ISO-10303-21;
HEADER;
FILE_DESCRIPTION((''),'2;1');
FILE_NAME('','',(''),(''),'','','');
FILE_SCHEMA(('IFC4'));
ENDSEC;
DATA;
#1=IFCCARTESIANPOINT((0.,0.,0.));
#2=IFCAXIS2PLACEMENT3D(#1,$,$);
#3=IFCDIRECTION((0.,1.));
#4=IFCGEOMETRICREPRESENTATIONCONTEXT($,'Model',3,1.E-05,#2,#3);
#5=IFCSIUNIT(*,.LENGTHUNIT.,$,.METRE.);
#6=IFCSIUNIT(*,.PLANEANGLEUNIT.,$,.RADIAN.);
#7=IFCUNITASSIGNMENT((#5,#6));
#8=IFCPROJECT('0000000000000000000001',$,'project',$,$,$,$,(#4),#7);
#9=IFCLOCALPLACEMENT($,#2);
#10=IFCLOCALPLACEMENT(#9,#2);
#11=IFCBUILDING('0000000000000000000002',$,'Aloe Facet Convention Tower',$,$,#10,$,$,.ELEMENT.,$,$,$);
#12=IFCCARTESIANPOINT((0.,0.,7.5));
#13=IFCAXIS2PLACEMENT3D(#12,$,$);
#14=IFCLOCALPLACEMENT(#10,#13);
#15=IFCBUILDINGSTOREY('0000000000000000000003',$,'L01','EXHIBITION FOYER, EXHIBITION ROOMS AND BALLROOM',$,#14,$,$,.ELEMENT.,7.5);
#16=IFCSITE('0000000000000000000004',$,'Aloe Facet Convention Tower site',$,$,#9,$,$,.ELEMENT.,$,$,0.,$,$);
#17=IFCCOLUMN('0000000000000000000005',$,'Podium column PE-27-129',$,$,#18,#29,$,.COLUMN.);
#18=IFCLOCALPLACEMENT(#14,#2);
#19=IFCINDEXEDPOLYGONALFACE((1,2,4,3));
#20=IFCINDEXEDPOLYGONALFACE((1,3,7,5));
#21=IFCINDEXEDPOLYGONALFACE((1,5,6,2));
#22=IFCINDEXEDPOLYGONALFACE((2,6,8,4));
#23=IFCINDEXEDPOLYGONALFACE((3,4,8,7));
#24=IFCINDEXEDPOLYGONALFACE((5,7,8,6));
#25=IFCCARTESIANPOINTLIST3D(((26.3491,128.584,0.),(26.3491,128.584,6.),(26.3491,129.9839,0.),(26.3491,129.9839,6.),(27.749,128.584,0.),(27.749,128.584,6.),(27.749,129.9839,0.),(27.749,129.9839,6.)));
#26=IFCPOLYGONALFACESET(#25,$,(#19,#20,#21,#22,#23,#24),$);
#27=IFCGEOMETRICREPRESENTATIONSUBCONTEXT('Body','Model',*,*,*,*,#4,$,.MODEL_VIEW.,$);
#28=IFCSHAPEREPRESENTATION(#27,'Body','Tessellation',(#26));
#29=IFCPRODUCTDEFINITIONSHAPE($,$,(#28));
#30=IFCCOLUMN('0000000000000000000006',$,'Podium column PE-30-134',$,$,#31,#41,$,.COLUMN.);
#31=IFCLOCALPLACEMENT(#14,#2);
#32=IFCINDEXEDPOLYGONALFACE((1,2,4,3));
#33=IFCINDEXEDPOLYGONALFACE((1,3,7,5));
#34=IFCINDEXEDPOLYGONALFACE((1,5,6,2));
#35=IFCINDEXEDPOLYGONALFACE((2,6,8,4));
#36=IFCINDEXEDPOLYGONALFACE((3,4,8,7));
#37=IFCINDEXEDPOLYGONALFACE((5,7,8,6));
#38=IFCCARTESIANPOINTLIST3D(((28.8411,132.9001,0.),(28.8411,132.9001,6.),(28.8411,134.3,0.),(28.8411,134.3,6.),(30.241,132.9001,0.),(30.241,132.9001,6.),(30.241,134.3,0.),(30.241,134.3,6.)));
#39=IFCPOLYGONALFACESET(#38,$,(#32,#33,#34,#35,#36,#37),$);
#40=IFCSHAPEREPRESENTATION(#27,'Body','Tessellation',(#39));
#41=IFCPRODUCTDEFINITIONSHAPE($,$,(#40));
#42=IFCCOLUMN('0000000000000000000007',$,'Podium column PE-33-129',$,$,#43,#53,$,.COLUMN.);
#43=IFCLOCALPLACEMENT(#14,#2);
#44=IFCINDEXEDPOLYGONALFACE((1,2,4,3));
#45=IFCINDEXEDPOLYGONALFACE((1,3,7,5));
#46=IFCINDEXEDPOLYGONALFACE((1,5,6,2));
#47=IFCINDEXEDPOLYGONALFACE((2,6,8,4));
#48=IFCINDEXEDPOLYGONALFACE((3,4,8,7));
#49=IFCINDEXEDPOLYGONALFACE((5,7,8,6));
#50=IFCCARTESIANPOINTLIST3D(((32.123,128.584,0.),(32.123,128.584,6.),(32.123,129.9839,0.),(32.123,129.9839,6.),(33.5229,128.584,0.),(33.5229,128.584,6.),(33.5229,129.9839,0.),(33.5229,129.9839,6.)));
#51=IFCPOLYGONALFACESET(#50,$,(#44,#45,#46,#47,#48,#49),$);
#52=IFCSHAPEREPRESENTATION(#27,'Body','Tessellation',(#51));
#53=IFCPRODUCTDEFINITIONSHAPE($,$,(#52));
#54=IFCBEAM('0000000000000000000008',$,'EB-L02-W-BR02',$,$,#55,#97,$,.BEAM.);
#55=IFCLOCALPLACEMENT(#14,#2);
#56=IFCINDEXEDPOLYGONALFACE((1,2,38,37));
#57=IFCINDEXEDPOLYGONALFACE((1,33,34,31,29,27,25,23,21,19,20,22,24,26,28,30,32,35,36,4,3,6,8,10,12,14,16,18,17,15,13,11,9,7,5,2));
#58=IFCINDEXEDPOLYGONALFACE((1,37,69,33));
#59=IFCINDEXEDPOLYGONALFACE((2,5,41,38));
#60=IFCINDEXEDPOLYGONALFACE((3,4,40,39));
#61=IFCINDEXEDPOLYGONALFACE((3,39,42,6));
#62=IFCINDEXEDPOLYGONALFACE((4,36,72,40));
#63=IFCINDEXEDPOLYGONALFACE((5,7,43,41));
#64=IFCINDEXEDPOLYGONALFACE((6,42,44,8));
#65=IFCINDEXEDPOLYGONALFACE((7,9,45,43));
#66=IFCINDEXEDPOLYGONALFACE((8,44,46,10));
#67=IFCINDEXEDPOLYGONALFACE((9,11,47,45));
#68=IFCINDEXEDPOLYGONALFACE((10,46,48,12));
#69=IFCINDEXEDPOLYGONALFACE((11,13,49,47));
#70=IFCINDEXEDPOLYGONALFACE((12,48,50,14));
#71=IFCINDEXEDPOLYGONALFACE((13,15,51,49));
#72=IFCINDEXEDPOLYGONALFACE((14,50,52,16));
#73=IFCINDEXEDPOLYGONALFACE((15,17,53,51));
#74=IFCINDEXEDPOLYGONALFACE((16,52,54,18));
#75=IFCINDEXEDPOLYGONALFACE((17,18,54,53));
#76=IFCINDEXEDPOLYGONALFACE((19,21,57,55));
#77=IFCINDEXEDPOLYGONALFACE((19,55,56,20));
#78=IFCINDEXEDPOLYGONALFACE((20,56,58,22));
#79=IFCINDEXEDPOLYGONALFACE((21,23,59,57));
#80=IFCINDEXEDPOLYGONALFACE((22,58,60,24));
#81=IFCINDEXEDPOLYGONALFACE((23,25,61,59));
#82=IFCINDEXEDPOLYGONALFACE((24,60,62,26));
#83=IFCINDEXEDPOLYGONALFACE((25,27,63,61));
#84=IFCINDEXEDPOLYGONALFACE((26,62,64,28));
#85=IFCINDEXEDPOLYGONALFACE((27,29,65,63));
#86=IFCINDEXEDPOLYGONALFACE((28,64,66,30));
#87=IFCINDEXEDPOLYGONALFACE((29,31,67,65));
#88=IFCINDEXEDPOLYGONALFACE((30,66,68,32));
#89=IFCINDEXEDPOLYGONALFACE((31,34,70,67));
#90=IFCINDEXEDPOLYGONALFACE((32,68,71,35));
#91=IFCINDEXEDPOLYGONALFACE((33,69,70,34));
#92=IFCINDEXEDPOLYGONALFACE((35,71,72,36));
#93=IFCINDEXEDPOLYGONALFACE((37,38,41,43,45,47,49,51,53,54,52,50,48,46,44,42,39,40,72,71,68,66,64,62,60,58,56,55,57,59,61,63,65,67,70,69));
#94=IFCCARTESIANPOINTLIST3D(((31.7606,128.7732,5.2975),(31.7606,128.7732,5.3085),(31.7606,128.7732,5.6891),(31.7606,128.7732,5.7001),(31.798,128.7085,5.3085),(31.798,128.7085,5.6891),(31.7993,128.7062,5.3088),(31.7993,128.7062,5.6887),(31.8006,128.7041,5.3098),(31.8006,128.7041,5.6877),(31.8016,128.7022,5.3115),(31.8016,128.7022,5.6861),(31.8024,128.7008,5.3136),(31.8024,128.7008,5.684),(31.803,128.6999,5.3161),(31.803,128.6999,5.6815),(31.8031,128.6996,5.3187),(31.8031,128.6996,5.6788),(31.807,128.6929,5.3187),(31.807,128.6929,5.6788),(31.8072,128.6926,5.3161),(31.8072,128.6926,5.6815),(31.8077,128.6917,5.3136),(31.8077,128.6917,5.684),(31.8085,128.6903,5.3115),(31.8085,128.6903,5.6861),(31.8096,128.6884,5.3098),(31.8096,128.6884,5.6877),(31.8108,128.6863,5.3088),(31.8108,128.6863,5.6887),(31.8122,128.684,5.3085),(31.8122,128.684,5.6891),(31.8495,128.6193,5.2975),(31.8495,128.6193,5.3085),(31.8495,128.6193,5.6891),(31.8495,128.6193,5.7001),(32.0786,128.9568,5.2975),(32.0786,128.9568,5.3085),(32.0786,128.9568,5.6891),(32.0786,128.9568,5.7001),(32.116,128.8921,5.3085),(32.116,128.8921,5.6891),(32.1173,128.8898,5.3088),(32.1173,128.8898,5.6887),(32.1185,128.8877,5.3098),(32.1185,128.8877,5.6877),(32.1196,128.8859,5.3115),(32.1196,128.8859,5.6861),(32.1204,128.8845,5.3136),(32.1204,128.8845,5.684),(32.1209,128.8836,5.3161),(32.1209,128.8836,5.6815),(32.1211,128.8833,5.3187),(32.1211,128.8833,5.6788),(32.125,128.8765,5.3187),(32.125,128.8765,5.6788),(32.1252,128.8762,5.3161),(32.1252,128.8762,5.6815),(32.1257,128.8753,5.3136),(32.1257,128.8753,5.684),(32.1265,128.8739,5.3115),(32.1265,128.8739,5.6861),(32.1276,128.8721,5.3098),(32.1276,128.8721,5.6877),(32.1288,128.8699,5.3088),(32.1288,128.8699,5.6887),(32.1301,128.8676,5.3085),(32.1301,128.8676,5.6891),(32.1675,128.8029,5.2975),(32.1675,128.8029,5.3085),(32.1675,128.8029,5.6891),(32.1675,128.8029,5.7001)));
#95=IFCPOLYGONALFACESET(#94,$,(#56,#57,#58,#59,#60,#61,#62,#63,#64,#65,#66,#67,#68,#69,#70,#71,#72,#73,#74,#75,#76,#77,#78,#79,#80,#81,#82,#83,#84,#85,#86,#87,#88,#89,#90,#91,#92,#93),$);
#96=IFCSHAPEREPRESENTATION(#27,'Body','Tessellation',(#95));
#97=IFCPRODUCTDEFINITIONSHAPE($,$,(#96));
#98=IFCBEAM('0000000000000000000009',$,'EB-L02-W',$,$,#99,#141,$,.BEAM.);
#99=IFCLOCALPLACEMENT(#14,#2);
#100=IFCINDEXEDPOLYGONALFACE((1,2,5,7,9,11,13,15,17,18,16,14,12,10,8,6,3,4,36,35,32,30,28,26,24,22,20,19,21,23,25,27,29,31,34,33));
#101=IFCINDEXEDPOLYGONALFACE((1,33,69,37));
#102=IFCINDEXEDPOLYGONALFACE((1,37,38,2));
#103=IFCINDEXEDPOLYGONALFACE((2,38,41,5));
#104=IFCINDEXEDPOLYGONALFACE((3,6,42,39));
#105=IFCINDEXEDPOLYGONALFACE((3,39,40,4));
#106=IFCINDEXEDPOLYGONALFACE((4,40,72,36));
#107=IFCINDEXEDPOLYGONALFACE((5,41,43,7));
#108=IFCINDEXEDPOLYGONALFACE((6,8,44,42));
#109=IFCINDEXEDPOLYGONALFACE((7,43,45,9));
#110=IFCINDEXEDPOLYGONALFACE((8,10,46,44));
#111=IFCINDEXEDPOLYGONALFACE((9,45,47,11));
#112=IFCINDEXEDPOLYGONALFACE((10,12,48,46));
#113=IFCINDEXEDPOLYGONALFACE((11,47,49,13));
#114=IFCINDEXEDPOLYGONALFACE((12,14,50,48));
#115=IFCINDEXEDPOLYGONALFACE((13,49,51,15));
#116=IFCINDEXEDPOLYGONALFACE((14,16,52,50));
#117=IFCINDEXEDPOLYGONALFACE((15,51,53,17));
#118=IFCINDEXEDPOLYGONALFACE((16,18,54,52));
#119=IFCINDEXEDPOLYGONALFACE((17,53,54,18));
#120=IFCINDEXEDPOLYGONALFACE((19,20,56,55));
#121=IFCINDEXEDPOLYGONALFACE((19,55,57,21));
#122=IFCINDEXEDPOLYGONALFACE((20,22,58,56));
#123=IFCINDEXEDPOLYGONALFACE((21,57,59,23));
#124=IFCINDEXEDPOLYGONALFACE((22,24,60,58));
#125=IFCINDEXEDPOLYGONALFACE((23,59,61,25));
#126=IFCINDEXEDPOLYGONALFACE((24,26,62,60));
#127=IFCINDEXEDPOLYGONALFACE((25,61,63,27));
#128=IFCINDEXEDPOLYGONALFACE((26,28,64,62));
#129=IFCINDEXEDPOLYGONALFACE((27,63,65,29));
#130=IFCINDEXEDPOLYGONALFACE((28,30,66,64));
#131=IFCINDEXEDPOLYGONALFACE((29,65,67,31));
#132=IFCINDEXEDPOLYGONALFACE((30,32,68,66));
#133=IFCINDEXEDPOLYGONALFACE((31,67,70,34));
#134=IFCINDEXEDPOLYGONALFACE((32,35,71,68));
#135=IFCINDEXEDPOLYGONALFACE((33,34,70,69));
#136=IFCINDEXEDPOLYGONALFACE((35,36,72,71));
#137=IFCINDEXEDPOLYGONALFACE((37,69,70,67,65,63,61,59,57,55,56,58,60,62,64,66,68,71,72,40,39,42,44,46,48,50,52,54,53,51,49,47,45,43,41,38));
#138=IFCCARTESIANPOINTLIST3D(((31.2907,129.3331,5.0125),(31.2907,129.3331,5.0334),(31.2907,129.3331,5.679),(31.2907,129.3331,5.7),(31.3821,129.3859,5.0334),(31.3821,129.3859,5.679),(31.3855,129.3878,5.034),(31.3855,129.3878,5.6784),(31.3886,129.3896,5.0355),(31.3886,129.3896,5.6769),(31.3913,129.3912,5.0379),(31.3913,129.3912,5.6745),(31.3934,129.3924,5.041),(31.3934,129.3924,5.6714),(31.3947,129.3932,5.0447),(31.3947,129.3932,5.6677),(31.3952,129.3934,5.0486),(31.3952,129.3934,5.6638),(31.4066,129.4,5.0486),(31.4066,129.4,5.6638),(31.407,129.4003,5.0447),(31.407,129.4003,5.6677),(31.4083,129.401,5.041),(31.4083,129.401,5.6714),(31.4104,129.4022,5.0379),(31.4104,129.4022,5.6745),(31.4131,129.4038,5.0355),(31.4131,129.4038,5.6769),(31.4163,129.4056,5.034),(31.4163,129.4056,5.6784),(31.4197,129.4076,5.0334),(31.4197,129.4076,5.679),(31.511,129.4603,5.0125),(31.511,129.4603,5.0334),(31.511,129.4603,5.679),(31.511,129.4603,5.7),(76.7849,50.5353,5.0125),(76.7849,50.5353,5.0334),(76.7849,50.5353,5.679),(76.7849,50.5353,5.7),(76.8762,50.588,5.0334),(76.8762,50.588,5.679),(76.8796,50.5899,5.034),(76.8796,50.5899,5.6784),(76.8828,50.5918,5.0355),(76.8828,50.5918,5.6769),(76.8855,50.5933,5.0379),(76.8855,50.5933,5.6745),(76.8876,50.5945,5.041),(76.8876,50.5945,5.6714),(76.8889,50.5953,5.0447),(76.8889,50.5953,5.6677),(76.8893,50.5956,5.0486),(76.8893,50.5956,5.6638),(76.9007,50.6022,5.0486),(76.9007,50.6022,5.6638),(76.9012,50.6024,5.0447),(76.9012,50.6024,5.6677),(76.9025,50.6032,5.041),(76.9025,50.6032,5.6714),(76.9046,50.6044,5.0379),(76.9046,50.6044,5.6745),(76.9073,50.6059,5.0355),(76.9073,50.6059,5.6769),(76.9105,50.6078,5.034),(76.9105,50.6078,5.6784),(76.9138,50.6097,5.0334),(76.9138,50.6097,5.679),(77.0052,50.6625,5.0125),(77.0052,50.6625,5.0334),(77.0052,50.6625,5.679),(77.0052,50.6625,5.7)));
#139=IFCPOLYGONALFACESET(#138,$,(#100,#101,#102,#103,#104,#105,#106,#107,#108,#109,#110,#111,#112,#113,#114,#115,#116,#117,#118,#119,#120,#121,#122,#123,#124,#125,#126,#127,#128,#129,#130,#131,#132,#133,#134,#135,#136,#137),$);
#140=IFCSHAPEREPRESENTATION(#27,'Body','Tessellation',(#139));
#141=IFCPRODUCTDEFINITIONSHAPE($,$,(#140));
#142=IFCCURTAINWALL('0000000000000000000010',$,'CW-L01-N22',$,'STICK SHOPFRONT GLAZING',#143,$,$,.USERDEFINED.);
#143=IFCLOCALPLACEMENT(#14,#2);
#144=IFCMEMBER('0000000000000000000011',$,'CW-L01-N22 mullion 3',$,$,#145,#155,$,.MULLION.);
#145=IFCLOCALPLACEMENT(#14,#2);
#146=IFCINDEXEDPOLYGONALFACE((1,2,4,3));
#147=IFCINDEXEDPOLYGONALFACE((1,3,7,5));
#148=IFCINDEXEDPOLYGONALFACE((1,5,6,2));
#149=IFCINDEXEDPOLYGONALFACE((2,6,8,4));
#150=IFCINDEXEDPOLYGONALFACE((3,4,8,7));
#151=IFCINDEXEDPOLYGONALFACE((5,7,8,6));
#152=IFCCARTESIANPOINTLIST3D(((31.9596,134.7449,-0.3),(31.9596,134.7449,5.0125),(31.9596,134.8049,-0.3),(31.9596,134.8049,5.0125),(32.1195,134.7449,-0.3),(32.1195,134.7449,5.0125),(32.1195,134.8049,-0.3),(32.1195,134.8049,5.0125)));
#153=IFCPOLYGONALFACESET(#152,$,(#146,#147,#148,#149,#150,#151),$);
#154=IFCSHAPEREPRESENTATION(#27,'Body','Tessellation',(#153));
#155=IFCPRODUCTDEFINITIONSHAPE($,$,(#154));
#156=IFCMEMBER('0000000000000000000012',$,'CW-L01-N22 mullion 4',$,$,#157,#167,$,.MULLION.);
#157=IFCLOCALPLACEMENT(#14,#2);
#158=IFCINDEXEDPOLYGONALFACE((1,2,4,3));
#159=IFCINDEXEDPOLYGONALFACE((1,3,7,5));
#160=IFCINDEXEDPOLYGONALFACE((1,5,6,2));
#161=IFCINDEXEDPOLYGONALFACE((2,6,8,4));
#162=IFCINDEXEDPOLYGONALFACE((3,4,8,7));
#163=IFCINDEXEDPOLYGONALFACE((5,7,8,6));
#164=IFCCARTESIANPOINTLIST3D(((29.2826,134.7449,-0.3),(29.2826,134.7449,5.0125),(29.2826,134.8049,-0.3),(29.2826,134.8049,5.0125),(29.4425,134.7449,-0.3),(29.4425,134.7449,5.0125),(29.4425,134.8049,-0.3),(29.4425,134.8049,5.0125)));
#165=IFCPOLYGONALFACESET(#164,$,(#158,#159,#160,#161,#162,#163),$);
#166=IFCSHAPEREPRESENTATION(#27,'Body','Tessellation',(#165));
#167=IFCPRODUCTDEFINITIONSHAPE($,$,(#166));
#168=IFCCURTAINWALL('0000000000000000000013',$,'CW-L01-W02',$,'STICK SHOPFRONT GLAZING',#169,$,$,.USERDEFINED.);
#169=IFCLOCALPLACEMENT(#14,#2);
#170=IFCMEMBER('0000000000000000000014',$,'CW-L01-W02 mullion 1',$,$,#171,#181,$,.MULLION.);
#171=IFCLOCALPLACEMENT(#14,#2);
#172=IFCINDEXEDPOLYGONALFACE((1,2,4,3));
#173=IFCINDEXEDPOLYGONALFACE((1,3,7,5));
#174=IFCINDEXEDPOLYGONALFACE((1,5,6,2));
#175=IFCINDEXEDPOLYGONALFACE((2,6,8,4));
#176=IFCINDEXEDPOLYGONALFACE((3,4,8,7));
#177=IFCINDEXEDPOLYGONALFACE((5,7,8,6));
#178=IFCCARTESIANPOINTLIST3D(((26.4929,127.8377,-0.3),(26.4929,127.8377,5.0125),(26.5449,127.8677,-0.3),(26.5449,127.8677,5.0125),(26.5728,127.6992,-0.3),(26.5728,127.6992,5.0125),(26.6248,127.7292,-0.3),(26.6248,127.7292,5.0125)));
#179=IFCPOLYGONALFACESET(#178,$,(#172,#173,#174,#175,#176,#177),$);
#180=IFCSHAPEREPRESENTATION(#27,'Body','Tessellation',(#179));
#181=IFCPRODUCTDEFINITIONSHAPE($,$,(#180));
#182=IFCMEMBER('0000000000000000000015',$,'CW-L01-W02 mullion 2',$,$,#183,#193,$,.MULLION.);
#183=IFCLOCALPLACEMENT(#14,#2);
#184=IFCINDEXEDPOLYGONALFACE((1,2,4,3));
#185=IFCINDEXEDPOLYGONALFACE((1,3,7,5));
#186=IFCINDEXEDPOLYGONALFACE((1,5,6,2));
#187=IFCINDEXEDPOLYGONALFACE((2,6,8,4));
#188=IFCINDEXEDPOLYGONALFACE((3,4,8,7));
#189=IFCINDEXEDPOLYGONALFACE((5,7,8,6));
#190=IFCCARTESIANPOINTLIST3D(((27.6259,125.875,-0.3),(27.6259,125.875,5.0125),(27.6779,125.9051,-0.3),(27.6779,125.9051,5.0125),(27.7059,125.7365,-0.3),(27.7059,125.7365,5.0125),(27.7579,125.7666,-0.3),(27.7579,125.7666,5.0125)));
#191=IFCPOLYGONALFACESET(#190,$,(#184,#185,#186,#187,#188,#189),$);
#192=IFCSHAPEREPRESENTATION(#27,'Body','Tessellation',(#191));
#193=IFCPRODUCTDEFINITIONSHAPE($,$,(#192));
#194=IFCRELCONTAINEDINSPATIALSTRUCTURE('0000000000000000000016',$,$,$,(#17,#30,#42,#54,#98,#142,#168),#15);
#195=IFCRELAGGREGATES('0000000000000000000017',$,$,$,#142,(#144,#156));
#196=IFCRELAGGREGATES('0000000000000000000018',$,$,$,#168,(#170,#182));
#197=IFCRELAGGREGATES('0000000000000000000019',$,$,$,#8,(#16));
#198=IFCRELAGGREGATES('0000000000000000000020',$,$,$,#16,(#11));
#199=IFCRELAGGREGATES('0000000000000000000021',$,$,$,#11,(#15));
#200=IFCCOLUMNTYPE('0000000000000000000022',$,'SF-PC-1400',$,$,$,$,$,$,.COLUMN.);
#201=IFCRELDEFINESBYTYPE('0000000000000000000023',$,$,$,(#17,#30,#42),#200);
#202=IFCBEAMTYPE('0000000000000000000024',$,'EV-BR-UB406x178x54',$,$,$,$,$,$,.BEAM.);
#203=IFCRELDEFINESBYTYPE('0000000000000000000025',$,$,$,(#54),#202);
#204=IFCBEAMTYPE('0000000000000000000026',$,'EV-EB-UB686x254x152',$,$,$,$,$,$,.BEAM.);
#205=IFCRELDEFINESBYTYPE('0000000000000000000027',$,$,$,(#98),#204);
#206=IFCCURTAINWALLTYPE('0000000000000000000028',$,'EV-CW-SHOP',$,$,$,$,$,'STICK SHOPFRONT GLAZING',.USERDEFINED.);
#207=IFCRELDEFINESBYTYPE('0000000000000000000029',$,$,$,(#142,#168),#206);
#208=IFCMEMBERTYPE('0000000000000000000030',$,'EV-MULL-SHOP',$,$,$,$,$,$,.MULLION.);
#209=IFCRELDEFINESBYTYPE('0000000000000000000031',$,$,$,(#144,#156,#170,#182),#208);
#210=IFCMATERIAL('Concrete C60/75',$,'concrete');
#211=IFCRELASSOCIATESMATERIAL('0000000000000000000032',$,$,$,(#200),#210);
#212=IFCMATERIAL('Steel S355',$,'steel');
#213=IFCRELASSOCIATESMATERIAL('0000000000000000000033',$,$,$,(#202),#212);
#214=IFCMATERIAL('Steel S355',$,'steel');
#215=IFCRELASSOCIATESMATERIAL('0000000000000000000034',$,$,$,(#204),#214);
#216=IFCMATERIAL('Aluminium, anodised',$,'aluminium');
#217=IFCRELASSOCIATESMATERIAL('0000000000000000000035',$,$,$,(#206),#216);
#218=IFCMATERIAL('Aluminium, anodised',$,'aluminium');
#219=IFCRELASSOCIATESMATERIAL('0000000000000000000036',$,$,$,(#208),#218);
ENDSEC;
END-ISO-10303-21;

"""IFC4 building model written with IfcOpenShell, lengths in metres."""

from ifc_helpers import new_model, si_unit, direction, frame, origin, origin_2d, place, context, subcontext, project, spatial, rectangle, i_section, extrude, material, material_profile, profile_set, type_object, element, aggregate, save


model = new_model("IFC4")

# Units and contexts
model_context = context("Model", 3, precision=1e-05, world=origin(), true_north=direction((0.0, 1.0)))
body_context = subcontext(model_context, "Body", "Model", "MODEL_VIEW")
ifc_project = project(units=[si_unit("LENGTHUNIT", "METRE"), si_unit("PLANEANGLEUNIT", "RADIAN")], contexts=[model_context])

# Site, building, storey
site_placement = place(None, origin())
site = spatial("IfcSite", under=ifc_project, at=site_placement, Name="Aloe Facet Convention Tower site", CompositionType="ELEMENT", RefElevation=0.0)
building_placement = place(site_placement, origin())
building = spatial("IfcBuilding", under=site, at=building_placement, Name="Aloe Facet Convention Tower", CompositionType="ELEMENT")
storey_placement = place(building_placement, frame((0.0, 0.0, 7.5)))
storey = spatial("IfcBuildingStorey", under=building, at=storey_placement, Name="L01", Description="EXHIBITION FOYER, EXHIBITION ROOMS AND BALLROOM", CompositionType="ELEMENT", Elevation=7.5)

# Columns
ifc_material_1 = material(Name="Concrete C60/75", Category="concrete")
ifc_material_profile_1 = material_profile(ifc_material_1, rectangle(XDim=1.3999, YDim=1.3999, at=origin_2d()), Name="SF-PC-1400")
ifc_profile_set_1 = profile_set([ifc_material_profile_1], Name="Concrete C60/75")
column_type = type_object("IfcColumnType", Name="SF-PC-1400", PredefinedType="COLUMN", material=ifc_profile_set_1)
for number, where, z_axis, x_axis, name in (
    (1, (27.0491, 129.2839, 0.0), (0.0, 0.0, 1.0), (1.0, 0.0, 0.0), "Podium column PE-27-129"),
    (2, (29.541, 133.6001, 0.0), (0.0, 0.0, 1.0), (1.0, 0.0, 0.0), "Podium column PE-30-134"),
    (3, (32.823, 129.2839, 0.0), (0.0, 0.0, 1.0), (1.0, 0.0, 0.0), "Podium column PE-33-129"),
):
    element("IfcColumn", number, at=place(storey_placement, frame(where, z_axis=z_axis, x_axis=x_axis)), inside=storey, type_object=column_type, Name=name, PredefinedType="COLUMN", context=body_context, shape_type="SweptSolid", body=[
        extrude(rectangle(XDim=1.3999, YDim=1.3999, at=origin_2d()), origin(), (0.0, 0.0, 1.0), 6.0),
    ])

# Beams
ifc_material_2 = material(Name="Steel S355", Category="steel")
ifc_material_profile_2 = material_profile(ifc_material_2, i_section(OverallWidth=0.1777, OverallDepth=0.4026, WebThickness=0.0078, FlangeThickness=0.011, FilletRadius=0.0103, at=origin_2d()), Name="UB 406x178x54")
ifc_profile_set_2 = profile_set([ifc_material_profile_2], Name="Steel S355")
beam_type_1 = type_object("IfcBeamType", Name="EV-BR-UB406x178x54", PredefinedType="BEAM", material=ifc_profile_set_2)
beam_1_placement = place(storey_placement, frame((32.123, 128.8799, 5.4988), z_axis=(-0.865942, -0.500145, 0.0), x_axis=(0.500145, -0.865942, 0.0)))
element("IfcBeam", 4, at=beam_1_placement, inside=storey, type_object=beam_type_1, Name="EB-L02-W-BR02", PredefinedType="BEAM", context=body_context, shape_type="SweptSolid", body=[
    extrude(i_section(OverallWidth=0.1777, OverallDepth=0.4026, WebThickness=0.0078, FlangeThickness=0.011, FilletRadius=0.0103, at=origin_2d()), origin(), (0.0, 0.0, 1.0), 0.3672),
])
ifc_material_3 = material(Name="Steel S355", Category="steel")
ifc_material_profile_3 = material_profile(ifc_material_3, i_section(OverallWidth=0.2544, OverallDepth=0.6875, WebThickness=0.0132, FlangeThickness=0.021, FilletRadius=0.0151, at=origin_2d()), Name="UB 686x254x152")
ifc_profile_set_3 = profile_set([ifc_material_profile_3], Name="Steel S355")
beam_type_2 = type_object("IfcBeamType", Name="EV-EB-UB686x254x152", PredefinedType="BEAM", material=ifc_profile_set_3)
beam_2_placement = place(storey_placement, frame((31.4009, 129.3967, 5.3562), z_axis=(0.500001, -0.866025, 0.0), x_axis=(0.866025, 0.500001, 0.0)))
element("IfcBeam", 5, at=beam_2_placement, inside=storey, type_object=beam_type_2, Name="EB-L02-W", PredefinedType="BEAM", context=body_context, shape_type="SweptSolid", body=[
    extrude(i_section(OverallWidth=0.2544, OverallDepth=0.6875, WebThickness=0.0132, FlangeThickness=0.021, FilletRadius=0.0151, at=origin_2d()), origin(), (0.0, 0.0, 1.0), 90.988),
])

# Curtain walls, members
ifc_material_4 = material(Name="Aluminium, anodised", Category="aluminium")
curtain_wall_type = type_object("IfcCurtainWallType", Name="EV-CW-SHOP", ElementType="STICK SHOPFRONT GLAZING", PredefinedType="USERDEFINED", material=ifc_material_4)
curtain_wall_1_placement = place(storey_placement, origin())
curtain_wall_1 = element("IfcCurtainWall", 6, at=curtain_wall_1_placement, inside=storey, type_object=curtain_wall_type, Name="CW-L01-N22", ObjectType="STICK SHOPFRONT GLAZING", PredefinedType="USERDEFINED")
ifc_material_5 = material(Name="Aluminium, anodised", Category="aluminium")
ifc_material_profile_4 = material_profile(ifc_material_5, rectangle(XDim=0.0601, YDim=0.1599, at=origin_2d()), Name="AL 60x160")
ifc_profile_set_4 = profile_set([ifc_material_profile_4], Name="Aluminium, anodised")
member_type_1 = type_object("IfcMemberType", Name="EV-MULL-SHOP", PredefinedType="MULLION", material=ifc_profile_set_4)
member_1_placement = place(storey_placement, frame((32.0396, 134.7749, -0.3), z_axis=(0.0, 0.0, 1.0), x_axis=(0.0, -1.0, 0.0)))
member_1 = element("IfcMember", 7, at=member_1_placement, type_object=member_type_1, Name="CW-L01-N22 mullion 3", PredefinedType="MULLION", context=body_context, shape_type="SweptSolid", body=[
    extrude(rectangle(XDim=0.0601, YDim=0.1599, at=origin_2d()), origin(), (0.0, 0.0, 1.0), 5.3125),
])
member_2_placement = place(storey_placement, frame((29.3625, 134.7749, -0.3), z_axis=(0.0, 0.0, 1.0), x_axis=(0.0, -1.0, 0.0)))
member_2 = element("IfcMember", 8, at=member_2_placement, type_object=member_type_1, Name="CW-L01-N22 mullion 4", PredefinedType="MULLION", context=body_context, shape_type="SweptSolid", body=[
    extrude(rectangle(XDim=0.0601, YDim=0.1599, at=origin_2d()), origin(), (0.0, 0.0, 1.0), 5.3125),
])
curtain_wall_2_placement = place(storey_placement, origin())
curtain_wall_2 = element("IfcCurtainWall", 9, at=curtain_wall_2_placement, inside=storey, type_object=curtain_wall_type, Name="CW-L01-W02", ObjectType="STICK SHOPFRONT GLAZING", PredefinedType="USERDEFINED")
member_3_placement = place(storey_placement, frame((26.5588, 127.7834, -0.3), z_axis=(0.0, 0.0, 1.0), x_axis=(0.866025, 0.5, 0.0)))
member_3 = element("IfcMember", 10, at=member_3_placement, type_object=member_type_1, Name="CW-L01-W02 mullion 1", PredefinedType="MULLION", context=body_context, shape_type="SweptSolid", body=[
    extrude(rectangle(XDim=0.0601, YDim=0.1599, at=origin_2d()), origin(), (0.0, 0.0, 1.0), 5.3125),
])
member_4_placement = place(storey_placement, frame((27.6919, 125.8208, -0.3), z_axis=(0.0, 0.0, 1.0), x_axis=(0.866025, 0.5, 0.0)))
member_4 = element("IfcMember", 11, at=member_4_placement, type_object=member_type_1, Name="CW-L01-W02 mullion 2", PredefinedType="MULLION", context=body_context, shape_type="SweptSolid", body=[
    extrude(rectangle(XDim=0.0601, YDim=0.1599, at=origin_2d()), origin(), (0.0, 0.0, 1.0), 5.3125),
])

aggregate(curtain_wall_1, [member_1, member_2])
aggregate(curtain_wall_2, [member_3, member_4])

save(model, "model.ifc")
